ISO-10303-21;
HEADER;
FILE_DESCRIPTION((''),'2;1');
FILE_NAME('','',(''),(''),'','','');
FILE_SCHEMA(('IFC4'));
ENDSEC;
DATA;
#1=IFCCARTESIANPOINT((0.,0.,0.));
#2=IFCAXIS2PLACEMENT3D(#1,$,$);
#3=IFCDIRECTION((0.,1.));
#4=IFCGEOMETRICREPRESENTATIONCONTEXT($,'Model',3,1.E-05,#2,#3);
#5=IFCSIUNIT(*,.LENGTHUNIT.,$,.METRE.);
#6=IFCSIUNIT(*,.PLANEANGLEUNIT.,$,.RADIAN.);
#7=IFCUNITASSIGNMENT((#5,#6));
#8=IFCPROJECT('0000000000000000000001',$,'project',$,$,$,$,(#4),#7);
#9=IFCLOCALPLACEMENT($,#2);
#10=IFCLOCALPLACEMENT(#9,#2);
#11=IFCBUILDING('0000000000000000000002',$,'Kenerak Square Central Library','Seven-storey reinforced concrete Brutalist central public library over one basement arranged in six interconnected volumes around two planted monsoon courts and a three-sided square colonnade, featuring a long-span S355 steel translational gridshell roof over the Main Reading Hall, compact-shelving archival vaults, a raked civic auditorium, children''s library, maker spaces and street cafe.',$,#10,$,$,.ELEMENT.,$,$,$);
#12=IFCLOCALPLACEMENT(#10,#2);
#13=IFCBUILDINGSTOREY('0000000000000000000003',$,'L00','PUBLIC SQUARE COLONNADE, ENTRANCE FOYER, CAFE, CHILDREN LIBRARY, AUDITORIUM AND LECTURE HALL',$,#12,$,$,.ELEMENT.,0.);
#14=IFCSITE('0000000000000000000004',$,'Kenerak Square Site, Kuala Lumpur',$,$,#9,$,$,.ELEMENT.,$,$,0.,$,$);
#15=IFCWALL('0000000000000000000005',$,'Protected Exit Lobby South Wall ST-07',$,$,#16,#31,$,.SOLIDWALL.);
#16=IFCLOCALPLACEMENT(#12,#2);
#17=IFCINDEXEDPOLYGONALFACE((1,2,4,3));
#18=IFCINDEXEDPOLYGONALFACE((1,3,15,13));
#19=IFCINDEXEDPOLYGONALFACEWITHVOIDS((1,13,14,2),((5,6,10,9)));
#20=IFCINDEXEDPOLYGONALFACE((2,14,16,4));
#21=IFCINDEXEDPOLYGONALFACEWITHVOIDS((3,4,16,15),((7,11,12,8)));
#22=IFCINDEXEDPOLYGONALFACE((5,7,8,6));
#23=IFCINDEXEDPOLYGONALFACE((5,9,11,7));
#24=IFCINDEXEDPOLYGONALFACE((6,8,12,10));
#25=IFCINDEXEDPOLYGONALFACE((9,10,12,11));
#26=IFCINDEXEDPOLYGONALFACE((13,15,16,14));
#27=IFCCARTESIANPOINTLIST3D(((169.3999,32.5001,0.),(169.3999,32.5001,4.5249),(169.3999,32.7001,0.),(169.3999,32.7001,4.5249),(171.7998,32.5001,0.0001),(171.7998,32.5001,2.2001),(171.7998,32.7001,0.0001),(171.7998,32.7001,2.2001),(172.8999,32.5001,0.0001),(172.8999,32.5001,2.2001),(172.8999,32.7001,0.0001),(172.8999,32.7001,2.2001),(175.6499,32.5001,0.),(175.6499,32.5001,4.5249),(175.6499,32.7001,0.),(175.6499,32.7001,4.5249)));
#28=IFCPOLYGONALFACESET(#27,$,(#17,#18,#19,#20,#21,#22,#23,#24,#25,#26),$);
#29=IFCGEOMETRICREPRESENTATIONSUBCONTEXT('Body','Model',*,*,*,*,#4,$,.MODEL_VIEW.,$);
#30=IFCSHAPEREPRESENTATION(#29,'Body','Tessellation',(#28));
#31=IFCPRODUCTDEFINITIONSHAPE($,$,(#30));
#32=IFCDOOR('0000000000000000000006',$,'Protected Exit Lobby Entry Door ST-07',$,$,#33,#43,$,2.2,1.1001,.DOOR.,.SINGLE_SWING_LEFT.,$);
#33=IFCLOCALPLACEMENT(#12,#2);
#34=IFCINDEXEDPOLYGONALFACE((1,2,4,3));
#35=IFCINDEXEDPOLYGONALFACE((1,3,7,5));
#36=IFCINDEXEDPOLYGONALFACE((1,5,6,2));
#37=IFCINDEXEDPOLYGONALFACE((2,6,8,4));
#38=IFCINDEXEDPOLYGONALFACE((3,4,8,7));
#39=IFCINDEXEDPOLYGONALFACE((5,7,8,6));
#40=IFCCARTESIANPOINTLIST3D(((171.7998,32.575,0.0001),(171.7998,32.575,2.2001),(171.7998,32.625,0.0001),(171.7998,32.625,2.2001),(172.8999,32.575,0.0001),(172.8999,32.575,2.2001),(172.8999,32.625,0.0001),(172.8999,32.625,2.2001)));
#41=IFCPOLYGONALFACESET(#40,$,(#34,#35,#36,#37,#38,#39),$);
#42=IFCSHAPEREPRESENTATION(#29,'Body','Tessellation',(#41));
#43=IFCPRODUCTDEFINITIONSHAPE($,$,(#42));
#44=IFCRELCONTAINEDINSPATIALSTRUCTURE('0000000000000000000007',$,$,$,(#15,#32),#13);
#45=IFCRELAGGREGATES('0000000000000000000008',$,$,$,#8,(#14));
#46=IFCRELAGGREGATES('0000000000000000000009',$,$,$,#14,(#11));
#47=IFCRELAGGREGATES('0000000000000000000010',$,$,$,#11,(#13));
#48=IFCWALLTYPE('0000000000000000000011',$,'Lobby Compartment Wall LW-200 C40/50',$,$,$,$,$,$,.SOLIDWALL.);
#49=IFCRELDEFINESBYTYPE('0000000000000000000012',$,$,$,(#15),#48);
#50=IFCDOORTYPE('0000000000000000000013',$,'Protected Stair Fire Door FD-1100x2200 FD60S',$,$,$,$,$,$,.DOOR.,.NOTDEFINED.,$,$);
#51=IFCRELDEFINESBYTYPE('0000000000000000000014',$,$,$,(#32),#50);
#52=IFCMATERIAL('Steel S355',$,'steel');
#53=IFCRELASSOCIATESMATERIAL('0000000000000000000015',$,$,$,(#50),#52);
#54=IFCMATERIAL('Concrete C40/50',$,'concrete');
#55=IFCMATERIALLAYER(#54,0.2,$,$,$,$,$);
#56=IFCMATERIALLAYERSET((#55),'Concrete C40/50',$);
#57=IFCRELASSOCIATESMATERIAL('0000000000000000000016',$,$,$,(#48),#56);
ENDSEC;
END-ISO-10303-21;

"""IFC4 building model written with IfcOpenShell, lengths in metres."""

from ifc_helpers import new_model, si_unit, direction, frame, frame_2d, origin, place, context, subcontext, project, spatial, rectangle, extrude, material, layer, layer_set, type_object, element, fill, save


model = new_model("IFC4")

# Units and contexts
model_context = context("Model", 3, precision=1e-05, world=origin(), true_north=direction((0.0, 1.0)))
body_context = subcontext(model_context, "Body", "Model", "MODEL_VIEW")
ifc_project = project(units=[si_unit("LENGTHUNIT", "METRE"), si_unit("PLANEANGLEUNIT", "RADIAN")], contexts=[model_context])

# Site, building, storey
site_placement = place(None, origin())
site = spatial("IfcSite", under=ifc_project, at=site_placement, Name="Kenerak Square Site, Kuala Lumpur", CompositionType="ELEMENT", RefElevation=0.0)
building_placement = place(site_placement, origin())
building = spatial("IfcBuilding", under=site, at=building_placement, Name="Kenerak Square Central Library", Description="Seven-storey reinforced concrete Brutalist central public library over one basement arranged in six interconnected volumes around two planted monsoon courts and a three-sided square colonnade, featuring a long-span S355 steel translational gridshell roof over the Main Reading Hall, compact-shelving archival vaults, a raked civic auditorium, children's library, maker spaces and street cafe.", CompositionType="ELEMENT")
storey_placement = place(building_placement, origin())
storey = spatial("IfcBuildingStorey", under=building, at=storey_placement, Name="L00", Description="PUBLIC SQUARE COLONNADE, ENTRANCE FOYER, CAFE, CHILDREN LIBRARY, AUDITORIUM AND LECTURE HALL", CompositionType="ELEMENT", Elevation=0.0)

# Shared definitions
ifc_material_1 = material(Name="Concrete C40/50", Category="concrete")

# Shared definitions
ifc_material_2 = material(Name="Steel S355", Category="steel")
door_type_1 = type_object("IfcDoorType", Name="Protected Stair Fire Door FD-1100x2200 FD60S", OperationType="NOTDEFINED", PredefinedType="DOOR", material=ifc_material_2)

# Shared definitions
ifc_layer_1 = layer(ifc_material_1, 0.2)
ifc_layer_set_1 = layer_set([ifc_layer_1], Name="Concrete C40/50")
wall_type_1 = type_object("IfcWallType", Name="Lobby Compartment Wall LW-200 C40/50", PredefinedType="SOLIDWALL", material=ifc_layer_set_1)

# Wall, opening, door
wall_1_placement = place(storey_placement, frame((169.3999, 32.6001, 0.0), z_axis=(0.0, 0.0, 1.0), x_axis=(1.0, 0.0, 0.0)))
wall_1 = element("IfcWall", 1, at=wall_1_placement, inside=storey, type_object=wall_type_1, Name="Protected Exit Lobby South Wall ST-07", PredefinedType="SOLIDWALL", context=body_context, shape_type="SweptSolid", body=[
    extrude(rectangle(XDim=6.25, YDim=0.2, at=frame_2d((3.125, 0.0))), origin(), (0.0, 0.0, 1.0), 4.5249),
])
opening_1_placement = place(wall_1_placement, frame((2.3999, 0.0, 0.0)))
opening_1 = element("IfcOpeningElement", 2, at=opening_1_placement, cuts=wall_1, PredefinedType="OPENING", context=body_context, shape_type="SweptSolid", body=[
    extrude(rectangle(XDim=1.1001, YDim=2.2, at=frame_2d((0.55, 1.1001))), frame((0.0, 0.1099, 0.0), z_axis=(0.0, -1.0, 0.0), x_axis=(1.0, 0.0, 0.0)), (0.0, 0.0, 1.0), 0.22),
])
door_1_placement = place(opening_1_placement, origin())
door_1 = element("IfcDoor", 3, at=door_1_placement, inside=storey, type_object=door_type_1, Name="Protected Exit Lobby Entry Door ST-07", OperationType="SINGLE_SWING_LEFT", OverallHeight=2.2, OverallWidth=1.1001, PredefinedType="DOOR", context=body_context, shape_type="SweptSolid", body=[
    extrude(rectangle(XDim=1.1001, YDim=2.2, at=frame_2d((0.55, 1.1001))), frame((0.0, 0.0249, 0.0), z_axis=(0.0, -1.0, 0.0), x_axis=(1.0, 0.0, 0.0)), (0.0, 0.0, 1.0), 0.05),
])
fill(opening_1, door_1)

save(model, "model.ifc")
